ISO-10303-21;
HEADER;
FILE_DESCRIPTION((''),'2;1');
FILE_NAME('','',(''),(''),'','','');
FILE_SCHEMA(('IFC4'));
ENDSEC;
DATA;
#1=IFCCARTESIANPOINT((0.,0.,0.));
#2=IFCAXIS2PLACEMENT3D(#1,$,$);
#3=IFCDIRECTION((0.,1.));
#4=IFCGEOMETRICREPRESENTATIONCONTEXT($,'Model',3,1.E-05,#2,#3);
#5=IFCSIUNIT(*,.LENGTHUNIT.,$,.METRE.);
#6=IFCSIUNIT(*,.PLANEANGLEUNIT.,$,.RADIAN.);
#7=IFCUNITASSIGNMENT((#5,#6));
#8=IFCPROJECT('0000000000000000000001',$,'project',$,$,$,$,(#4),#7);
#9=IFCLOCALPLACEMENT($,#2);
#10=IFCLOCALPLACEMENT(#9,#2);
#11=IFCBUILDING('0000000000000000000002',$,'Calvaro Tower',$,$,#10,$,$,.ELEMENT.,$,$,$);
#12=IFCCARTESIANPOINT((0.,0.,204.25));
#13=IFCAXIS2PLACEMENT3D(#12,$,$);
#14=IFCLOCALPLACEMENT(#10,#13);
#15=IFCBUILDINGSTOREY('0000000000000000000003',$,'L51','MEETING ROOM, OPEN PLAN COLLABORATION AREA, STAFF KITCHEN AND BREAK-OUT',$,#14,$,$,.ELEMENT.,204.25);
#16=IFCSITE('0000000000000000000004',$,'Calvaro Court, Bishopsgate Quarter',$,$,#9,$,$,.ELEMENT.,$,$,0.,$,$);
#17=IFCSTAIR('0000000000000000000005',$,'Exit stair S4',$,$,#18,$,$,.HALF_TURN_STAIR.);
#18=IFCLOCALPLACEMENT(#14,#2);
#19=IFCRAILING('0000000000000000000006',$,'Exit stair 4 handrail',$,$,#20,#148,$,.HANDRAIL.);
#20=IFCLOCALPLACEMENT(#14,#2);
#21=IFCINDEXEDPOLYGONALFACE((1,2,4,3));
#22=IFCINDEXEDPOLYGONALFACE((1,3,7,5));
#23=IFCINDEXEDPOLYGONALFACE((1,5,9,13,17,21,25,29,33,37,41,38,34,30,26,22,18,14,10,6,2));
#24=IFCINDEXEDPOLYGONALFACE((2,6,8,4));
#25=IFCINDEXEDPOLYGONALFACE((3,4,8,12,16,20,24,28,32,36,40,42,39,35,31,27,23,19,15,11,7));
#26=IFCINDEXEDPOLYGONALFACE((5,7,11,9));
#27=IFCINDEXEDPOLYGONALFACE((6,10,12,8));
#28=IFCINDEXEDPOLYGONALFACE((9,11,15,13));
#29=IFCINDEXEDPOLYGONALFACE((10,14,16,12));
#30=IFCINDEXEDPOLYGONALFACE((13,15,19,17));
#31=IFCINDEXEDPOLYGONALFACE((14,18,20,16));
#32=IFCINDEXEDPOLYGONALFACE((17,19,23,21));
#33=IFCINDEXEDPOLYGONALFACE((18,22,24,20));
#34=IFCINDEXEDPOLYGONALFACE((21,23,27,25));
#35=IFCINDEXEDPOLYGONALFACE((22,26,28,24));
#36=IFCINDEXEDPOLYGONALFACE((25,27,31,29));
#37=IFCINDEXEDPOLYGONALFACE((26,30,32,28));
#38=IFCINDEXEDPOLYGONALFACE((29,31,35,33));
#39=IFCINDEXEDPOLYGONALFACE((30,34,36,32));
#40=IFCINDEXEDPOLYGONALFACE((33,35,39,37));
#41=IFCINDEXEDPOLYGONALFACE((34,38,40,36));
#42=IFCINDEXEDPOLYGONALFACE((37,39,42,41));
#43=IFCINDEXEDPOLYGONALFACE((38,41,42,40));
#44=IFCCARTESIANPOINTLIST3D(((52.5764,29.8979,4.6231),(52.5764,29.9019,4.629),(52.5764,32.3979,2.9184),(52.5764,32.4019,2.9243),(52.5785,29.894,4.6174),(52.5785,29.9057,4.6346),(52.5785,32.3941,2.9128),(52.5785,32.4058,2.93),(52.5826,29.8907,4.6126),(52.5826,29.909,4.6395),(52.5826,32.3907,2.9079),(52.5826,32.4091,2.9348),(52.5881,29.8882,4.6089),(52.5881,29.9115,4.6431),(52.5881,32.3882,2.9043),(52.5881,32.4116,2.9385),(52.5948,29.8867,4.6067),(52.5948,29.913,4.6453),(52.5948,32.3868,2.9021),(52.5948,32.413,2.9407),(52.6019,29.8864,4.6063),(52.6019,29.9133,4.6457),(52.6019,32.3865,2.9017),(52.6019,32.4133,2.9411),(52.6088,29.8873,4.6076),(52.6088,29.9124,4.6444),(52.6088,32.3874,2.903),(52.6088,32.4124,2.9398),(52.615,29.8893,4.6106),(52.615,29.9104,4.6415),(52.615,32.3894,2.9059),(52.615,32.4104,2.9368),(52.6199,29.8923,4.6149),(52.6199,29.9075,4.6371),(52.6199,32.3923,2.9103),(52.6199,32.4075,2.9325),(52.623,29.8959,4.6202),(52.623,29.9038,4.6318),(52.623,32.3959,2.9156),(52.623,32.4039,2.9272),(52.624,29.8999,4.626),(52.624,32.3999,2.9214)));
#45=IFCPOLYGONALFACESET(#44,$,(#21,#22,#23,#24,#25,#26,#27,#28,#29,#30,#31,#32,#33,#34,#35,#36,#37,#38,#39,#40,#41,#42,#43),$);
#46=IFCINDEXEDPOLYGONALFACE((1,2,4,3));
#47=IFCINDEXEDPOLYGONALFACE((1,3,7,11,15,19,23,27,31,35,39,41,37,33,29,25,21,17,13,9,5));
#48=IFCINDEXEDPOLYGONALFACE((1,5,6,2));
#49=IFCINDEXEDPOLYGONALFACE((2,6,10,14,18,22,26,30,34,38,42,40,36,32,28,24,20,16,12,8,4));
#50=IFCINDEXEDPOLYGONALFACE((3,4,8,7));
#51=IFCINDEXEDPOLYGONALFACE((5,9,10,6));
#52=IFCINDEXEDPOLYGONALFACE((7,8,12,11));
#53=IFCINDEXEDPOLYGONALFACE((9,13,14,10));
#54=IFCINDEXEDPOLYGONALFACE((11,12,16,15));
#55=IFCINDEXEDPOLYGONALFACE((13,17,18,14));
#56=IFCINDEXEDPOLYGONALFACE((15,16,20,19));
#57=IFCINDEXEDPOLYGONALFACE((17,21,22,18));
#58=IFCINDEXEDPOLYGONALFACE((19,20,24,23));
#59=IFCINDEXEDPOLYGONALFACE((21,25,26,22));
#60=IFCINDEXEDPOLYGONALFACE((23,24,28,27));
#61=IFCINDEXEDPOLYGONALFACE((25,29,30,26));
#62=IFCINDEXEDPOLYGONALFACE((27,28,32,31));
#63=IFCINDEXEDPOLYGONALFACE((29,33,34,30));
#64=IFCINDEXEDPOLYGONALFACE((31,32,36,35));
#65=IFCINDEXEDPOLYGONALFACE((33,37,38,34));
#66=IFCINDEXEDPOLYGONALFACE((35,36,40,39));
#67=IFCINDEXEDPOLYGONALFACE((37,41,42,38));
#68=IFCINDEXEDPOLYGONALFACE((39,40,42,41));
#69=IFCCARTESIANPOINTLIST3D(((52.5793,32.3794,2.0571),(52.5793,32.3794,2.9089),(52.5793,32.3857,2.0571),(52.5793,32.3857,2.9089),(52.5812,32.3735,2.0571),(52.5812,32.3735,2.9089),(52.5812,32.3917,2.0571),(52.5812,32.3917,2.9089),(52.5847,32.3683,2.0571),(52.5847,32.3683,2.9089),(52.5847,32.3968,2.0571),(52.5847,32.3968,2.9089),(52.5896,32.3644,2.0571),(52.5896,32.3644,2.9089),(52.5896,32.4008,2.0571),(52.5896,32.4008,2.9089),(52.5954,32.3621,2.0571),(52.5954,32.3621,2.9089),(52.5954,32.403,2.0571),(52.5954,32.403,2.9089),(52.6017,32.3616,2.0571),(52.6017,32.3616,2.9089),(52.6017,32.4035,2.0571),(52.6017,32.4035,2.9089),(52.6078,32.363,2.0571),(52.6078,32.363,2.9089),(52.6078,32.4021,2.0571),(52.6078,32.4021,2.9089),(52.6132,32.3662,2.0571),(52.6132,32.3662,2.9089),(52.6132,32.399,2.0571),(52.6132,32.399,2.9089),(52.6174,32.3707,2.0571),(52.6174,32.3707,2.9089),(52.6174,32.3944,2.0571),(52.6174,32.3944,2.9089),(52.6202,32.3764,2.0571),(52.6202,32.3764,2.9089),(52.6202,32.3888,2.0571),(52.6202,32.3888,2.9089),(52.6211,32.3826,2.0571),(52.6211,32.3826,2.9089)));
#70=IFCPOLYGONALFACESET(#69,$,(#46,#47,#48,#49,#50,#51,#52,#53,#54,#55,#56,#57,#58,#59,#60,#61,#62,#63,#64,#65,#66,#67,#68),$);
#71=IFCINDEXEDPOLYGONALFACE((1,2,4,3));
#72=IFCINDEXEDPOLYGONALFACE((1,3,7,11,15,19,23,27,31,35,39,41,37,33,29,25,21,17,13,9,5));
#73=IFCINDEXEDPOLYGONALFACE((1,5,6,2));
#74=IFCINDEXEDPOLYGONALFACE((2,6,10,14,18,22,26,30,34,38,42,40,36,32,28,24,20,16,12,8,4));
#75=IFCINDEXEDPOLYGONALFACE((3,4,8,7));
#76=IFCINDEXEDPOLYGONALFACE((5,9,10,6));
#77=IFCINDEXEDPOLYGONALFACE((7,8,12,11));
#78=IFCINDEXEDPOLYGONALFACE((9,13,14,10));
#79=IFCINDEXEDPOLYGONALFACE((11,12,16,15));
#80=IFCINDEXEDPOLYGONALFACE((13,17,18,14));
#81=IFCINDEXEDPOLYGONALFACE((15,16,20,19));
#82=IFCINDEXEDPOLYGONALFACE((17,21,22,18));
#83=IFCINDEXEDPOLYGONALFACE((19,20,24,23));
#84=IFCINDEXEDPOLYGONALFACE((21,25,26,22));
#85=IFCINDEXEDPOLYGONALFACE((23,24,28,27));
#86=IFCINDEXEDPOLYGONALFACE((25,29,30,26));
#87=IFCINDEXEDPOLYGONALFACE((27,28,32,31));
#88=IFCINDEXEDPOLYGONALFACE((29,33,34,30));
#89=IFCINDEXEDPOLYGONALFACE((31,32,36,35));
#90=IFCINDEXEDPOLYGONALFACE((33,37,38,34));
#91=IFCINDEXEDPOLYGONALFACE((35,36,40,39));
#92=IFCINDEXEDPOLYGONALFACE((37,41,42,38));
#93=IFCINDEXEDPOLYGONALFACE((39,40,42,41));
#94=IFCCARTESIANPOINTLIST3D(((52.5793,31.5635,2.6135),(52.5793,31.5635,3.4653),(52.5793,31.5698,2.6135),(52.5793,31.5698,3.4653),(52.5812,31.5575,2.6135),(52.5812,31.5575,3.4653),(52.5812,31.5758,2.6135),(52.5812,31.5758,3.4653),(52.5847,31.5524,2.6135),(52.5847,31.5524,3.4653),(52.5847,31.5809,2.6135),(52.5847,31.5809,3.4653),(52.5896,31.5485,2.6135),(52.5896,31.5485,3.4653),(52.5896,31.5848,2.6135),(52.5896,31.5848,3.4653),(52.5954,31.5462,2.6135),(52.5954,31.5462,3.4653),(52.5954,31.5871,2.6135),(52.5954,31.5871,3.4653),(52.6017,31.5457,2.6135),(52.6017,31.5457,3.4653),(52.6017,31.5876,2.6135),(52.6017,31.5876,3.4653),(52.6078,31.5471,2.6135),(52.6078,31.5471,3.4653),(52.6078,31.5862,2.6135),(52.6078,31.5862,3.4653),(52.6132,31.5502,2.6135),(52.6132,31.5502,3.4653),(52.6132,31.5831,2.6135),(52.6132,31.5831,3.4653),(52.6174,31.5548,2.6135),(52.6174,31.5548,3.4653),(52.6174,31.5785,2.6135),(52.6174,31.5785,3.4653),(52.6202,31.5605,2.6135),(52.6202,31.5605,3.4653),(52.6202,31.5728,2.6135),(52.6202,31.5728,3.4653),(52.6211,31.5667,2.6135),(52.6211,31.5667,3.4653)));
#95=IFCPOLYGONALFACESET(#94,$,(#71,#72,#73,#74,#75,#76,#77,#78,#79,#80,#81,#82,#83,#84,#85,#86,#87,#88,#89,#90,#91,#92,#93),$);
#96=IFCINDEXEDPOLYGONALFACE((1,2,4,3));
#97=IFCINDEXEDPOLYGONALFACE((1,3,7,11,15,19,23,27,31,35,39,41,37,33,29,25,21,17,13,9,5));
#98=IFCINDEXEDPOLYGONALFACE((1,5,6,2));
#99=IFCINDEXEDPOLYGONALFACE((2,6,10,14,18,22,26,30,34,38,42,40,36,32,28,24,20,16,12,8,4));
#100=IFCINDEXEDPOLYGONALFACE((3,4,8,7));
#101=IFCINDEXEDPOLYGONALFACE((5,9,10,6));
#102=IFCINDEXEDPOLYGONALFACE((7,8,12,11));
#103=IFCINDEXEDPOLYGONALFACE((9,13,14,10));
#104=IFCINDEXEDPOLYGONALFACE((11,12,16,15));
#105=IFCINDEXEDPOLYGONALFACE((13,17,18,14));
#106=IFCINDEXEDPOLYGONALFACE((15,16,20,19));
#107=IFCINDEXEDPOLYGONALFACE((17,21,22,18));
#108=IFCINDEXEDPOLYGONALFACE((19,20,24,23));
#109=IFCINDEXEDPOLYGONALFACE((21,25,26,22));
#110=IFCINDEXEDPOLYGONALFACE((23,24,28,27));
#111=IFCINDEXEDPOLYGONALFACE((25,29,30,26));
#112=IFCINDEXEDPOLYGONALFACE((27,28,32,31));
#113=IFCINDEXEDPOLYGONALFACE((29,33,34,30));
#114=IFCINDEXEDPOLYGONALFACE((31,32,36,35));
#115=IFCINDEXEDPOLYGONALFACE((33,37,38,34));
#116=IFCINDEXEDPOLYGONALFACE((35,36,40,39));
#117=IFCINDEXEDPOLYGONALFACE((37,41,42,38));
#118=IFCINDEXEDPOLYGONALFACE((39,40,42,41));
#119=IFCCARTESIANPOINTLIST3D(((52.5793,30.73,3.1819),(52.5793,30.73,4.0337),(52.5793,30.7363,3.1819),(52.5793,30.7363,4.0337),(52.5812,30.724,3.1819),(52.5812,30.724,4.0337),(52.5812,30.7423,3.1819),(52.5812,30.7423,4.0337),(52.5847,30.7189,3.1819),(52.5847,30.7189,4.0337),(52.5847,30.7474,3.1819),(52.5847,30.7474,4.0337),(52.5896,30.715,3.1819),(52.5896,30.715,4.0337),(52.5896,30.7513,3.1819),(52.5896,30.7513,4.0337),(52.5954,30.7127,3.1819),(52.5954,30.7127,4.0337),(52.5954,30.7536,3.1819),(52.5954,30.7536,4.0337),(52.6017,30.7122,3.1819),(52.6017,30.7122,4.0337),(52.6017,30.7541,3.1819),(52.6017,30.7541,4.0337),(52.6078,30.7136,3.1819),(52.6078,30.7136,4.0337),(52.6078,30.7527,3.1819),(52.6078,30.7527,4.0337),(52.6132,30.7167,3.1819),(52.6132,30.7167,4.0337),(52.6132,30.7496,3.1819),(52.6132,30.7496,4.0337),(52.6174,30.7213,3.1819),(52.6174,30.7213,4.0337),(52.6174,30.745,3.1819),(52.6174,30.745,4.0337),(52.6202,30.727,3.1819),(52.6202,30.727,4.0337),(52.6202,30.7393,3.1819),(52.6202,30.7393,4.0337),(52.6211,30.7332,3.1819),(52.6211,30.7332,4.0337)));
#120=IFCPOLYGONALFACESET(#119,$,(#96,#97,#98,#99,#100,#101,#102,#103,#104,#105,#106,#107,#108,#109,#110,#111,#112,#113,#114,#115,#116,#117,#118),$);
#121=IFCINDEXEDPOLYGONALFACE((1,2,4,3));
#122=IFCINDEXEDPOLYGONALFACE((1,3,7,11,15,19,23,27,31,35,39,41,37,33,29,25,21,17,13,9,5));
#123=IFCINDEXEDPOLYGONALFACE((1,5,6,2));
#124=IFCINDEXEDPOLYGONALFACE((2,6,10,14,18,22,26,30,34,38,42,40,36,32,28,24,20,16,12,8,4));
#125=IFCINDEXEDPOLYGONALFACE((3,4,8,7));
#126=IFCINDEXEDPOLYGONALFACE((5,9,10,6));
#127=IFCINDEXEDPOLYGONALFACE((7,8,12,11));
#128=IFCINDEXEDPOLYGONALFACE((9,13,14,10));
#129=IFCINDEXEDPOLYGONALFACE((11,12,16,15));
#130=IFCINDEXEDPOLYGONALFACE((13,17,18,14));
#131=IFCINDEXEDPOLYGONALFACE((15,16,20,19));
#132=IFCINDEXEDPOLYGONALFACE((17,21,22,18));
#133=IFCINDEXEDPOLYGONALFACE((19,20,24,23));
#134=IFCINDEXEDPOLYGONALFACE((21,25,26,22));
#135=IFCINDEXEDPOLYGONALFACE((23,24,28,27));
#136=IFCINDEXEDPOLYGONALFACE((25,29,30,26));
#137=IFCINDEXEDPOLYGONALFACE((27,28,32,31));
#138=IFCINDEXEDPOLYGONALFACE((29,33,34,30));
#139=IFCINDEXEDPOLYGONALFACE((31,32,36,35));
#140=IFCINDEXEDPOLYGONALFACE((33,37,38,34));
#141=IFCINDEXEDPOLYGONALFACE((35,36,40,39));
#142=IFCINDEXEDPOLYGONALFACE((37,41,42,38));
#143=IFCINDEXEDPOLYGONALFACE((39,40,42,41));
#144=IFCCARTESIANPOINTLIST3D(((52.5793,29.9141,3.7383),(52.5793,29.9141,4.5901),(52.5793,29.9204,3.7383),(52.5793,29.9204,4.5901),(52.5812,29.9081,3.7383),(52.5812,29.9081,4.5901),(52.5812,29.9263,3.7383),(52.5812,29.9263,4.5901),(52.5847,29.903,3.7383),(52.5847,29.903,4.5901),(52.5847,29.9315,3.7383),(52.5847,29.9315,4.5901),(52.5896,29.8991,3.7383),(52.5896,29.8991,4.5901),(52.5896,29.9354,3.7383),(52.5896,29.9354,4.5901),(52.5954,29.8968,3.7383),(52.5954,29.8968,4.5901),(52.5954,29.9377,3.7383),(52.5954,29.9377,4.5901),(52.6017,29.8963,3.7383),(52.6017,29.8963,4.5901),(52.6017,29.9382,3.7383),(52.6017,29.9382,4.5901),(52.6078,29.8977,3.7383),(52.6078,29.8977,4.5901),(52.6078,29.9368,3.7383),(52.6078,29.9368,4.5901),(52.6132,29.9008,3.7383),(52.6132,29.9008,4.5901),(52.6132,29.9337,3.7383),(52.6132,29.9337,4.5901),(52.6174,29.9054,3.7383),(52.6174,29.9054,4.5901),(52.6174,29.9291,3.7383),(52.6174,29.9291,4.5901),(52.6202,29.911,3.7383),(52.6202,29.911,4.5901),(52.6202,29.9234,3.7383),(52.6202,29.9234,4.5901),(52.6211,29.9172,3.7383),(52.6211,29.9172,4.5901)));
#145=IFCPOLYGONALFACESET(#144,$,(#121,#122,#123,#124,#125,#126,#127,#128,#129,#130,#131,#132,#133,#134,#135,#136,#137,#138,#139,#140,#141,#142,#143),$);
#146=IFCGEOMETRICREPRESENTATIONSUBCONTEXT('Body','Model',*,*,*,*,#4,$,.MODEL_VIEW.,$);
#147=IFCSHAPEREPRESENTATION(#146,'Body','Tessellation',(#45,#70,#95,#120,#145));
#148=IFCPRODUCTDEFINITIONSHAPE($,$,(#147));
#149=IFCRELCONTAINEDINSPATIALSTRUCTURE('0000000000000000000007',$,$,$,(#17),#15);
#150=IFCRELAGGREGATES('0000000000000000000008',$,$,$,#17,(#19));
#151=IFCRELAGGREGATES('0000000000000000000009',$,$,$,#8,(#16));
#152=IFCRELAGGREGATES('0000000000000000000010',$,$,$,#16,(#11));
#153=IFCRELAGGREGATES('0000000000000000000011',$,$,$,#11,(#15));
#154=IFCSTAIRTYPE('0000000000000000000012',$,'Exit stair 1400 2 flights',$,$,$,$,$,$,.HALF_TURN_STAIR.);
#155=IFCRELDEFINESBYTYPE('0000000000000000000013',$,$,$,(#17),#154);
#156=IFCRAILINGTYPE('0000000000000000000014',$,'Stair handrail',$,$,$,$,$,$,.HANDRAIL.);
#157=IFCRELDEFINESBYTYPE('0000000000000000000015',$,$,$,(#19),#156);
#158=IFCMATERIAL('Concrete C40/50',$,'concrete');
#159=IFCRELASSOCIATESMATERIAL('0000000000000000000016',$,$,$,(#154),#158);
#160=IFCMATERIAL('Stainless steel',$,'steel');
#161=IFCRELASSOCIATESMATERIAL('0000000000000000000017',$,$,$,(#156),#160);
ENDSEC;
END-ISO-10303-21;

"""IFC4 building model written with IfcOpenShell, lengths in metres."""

from ifc_helpers import new_model, si_unit, direction, frame, origin, origin_2d, place, context, subcontext, project, spatial, circle, extrude, material, type_object, element, aggregate, save


model = new_model("IFC4")

# Units and contexts
model_context = context("Model", 3, precision=1e-05, world=origin(), true_north=direction((0.0, 1.0)))
body_context = subcontext(model_context, "Body", "Model", "MODEL_VIEW")
ifc_project = project(units=[si_unit("LENGTHUNIT", "METRE"), si_unit("PLANEANGLEUNIT", "RADIAN")], contexts=[model_context])

# Site, building, storey
site_placement = place(None, origin())
site = spatial("IfcSite", under=ifc_project, at=site_placement, Name="Calvaro Court, Bishopsgate Quarter", CompositionType="ELEMENT", RefElevation=0.0)
building_placement = place(site_placement, origin())
building = spatial("IfcBuilding", under=site, at=building_placement, Name="Calvaro Tower", CompositionType="ELEMENT")
storey_placement = place(building_placement, frame((0.0, 0.0, 204.25)))
storey = spatial("IfcBuildingStorey", under=building, at=storey_placement, Name="L51", Description="MEETING ROOM, OPEN PLAN COLLABORATION AREA, STAFF KITCHEN AND BREAK-OUT", CompositionType="ELEMENT", Elevation=204.25)

# Stair
ifc_material_1 = material(Name="Concrete C40/50", Category="concrete")
stair_type = type_object("IfcStairType", Name="Exit stair 1400 2 flights", PredefinedType="HALF_TURN_STAIR", material=ifc_material_1)
stair_1_placement = place(storey_placement, origin())
stair_1 = element("IfcStair", 1, at=stair_1_placement, inside=storey, type_object=stair_type, Name="Exit stair S4", PredefinedType="HALF_TURN_STAIR")

# Railing
ifc_material_2 = material(Name="Stainless steel", Category="steel")
railing_type = type_object("IfcRailingType", Name="Stair handrail", PredefinedType="HANDRAIL", material=ifc_material_2)
railing_1_placement = place(storey_placement, frame((52.6001, 32.3999, 2.0454)))
railing_1 = element("IfcRailing", 2, at=railing_1_placement, type_object=railing_type, Name="Exit stair 4 handrail", PredefinedType="HANDRAIL", context=body_context, shape_type="SweptSolid", body=[
    extrude(circle(Radius=0.0239, at=origin_2d()), frame((0.0, 0.0, 0.876), z_axis=(0.0, -0.826221, 0.563347), x_axis=(1.0, 0.0, 0.0)), (0.0, 0.0, 1.0), 3.0259),
    extrude(circle(Radius=0.021, at=origin_2d()), frame((0.0, -0.0173, 0.0117)), (0.0, 0.0, 1.0), 0.8518),
    extrude(circle(Radius=0.021, at=origin_2d()), frame((0.0, -0.8333, 0.5681)), (0.0, 0.0, 1.0), 0.8518),
    extrude(circle(Radius=0.021, at=origin_2d()), frame((0.0, -1.6667, 1.1365)), (0.0, 0.0, 1.0), 0.8518),
    extrude(circle(Radius=0.021, at=origin_2d()), frame((0.0, -2.4827, 1.6929)), (0.0, 0.0, 1.0), 0.8518),
])
aggregate(stair_1, [railing_1])

save(model, "model.ifc")
